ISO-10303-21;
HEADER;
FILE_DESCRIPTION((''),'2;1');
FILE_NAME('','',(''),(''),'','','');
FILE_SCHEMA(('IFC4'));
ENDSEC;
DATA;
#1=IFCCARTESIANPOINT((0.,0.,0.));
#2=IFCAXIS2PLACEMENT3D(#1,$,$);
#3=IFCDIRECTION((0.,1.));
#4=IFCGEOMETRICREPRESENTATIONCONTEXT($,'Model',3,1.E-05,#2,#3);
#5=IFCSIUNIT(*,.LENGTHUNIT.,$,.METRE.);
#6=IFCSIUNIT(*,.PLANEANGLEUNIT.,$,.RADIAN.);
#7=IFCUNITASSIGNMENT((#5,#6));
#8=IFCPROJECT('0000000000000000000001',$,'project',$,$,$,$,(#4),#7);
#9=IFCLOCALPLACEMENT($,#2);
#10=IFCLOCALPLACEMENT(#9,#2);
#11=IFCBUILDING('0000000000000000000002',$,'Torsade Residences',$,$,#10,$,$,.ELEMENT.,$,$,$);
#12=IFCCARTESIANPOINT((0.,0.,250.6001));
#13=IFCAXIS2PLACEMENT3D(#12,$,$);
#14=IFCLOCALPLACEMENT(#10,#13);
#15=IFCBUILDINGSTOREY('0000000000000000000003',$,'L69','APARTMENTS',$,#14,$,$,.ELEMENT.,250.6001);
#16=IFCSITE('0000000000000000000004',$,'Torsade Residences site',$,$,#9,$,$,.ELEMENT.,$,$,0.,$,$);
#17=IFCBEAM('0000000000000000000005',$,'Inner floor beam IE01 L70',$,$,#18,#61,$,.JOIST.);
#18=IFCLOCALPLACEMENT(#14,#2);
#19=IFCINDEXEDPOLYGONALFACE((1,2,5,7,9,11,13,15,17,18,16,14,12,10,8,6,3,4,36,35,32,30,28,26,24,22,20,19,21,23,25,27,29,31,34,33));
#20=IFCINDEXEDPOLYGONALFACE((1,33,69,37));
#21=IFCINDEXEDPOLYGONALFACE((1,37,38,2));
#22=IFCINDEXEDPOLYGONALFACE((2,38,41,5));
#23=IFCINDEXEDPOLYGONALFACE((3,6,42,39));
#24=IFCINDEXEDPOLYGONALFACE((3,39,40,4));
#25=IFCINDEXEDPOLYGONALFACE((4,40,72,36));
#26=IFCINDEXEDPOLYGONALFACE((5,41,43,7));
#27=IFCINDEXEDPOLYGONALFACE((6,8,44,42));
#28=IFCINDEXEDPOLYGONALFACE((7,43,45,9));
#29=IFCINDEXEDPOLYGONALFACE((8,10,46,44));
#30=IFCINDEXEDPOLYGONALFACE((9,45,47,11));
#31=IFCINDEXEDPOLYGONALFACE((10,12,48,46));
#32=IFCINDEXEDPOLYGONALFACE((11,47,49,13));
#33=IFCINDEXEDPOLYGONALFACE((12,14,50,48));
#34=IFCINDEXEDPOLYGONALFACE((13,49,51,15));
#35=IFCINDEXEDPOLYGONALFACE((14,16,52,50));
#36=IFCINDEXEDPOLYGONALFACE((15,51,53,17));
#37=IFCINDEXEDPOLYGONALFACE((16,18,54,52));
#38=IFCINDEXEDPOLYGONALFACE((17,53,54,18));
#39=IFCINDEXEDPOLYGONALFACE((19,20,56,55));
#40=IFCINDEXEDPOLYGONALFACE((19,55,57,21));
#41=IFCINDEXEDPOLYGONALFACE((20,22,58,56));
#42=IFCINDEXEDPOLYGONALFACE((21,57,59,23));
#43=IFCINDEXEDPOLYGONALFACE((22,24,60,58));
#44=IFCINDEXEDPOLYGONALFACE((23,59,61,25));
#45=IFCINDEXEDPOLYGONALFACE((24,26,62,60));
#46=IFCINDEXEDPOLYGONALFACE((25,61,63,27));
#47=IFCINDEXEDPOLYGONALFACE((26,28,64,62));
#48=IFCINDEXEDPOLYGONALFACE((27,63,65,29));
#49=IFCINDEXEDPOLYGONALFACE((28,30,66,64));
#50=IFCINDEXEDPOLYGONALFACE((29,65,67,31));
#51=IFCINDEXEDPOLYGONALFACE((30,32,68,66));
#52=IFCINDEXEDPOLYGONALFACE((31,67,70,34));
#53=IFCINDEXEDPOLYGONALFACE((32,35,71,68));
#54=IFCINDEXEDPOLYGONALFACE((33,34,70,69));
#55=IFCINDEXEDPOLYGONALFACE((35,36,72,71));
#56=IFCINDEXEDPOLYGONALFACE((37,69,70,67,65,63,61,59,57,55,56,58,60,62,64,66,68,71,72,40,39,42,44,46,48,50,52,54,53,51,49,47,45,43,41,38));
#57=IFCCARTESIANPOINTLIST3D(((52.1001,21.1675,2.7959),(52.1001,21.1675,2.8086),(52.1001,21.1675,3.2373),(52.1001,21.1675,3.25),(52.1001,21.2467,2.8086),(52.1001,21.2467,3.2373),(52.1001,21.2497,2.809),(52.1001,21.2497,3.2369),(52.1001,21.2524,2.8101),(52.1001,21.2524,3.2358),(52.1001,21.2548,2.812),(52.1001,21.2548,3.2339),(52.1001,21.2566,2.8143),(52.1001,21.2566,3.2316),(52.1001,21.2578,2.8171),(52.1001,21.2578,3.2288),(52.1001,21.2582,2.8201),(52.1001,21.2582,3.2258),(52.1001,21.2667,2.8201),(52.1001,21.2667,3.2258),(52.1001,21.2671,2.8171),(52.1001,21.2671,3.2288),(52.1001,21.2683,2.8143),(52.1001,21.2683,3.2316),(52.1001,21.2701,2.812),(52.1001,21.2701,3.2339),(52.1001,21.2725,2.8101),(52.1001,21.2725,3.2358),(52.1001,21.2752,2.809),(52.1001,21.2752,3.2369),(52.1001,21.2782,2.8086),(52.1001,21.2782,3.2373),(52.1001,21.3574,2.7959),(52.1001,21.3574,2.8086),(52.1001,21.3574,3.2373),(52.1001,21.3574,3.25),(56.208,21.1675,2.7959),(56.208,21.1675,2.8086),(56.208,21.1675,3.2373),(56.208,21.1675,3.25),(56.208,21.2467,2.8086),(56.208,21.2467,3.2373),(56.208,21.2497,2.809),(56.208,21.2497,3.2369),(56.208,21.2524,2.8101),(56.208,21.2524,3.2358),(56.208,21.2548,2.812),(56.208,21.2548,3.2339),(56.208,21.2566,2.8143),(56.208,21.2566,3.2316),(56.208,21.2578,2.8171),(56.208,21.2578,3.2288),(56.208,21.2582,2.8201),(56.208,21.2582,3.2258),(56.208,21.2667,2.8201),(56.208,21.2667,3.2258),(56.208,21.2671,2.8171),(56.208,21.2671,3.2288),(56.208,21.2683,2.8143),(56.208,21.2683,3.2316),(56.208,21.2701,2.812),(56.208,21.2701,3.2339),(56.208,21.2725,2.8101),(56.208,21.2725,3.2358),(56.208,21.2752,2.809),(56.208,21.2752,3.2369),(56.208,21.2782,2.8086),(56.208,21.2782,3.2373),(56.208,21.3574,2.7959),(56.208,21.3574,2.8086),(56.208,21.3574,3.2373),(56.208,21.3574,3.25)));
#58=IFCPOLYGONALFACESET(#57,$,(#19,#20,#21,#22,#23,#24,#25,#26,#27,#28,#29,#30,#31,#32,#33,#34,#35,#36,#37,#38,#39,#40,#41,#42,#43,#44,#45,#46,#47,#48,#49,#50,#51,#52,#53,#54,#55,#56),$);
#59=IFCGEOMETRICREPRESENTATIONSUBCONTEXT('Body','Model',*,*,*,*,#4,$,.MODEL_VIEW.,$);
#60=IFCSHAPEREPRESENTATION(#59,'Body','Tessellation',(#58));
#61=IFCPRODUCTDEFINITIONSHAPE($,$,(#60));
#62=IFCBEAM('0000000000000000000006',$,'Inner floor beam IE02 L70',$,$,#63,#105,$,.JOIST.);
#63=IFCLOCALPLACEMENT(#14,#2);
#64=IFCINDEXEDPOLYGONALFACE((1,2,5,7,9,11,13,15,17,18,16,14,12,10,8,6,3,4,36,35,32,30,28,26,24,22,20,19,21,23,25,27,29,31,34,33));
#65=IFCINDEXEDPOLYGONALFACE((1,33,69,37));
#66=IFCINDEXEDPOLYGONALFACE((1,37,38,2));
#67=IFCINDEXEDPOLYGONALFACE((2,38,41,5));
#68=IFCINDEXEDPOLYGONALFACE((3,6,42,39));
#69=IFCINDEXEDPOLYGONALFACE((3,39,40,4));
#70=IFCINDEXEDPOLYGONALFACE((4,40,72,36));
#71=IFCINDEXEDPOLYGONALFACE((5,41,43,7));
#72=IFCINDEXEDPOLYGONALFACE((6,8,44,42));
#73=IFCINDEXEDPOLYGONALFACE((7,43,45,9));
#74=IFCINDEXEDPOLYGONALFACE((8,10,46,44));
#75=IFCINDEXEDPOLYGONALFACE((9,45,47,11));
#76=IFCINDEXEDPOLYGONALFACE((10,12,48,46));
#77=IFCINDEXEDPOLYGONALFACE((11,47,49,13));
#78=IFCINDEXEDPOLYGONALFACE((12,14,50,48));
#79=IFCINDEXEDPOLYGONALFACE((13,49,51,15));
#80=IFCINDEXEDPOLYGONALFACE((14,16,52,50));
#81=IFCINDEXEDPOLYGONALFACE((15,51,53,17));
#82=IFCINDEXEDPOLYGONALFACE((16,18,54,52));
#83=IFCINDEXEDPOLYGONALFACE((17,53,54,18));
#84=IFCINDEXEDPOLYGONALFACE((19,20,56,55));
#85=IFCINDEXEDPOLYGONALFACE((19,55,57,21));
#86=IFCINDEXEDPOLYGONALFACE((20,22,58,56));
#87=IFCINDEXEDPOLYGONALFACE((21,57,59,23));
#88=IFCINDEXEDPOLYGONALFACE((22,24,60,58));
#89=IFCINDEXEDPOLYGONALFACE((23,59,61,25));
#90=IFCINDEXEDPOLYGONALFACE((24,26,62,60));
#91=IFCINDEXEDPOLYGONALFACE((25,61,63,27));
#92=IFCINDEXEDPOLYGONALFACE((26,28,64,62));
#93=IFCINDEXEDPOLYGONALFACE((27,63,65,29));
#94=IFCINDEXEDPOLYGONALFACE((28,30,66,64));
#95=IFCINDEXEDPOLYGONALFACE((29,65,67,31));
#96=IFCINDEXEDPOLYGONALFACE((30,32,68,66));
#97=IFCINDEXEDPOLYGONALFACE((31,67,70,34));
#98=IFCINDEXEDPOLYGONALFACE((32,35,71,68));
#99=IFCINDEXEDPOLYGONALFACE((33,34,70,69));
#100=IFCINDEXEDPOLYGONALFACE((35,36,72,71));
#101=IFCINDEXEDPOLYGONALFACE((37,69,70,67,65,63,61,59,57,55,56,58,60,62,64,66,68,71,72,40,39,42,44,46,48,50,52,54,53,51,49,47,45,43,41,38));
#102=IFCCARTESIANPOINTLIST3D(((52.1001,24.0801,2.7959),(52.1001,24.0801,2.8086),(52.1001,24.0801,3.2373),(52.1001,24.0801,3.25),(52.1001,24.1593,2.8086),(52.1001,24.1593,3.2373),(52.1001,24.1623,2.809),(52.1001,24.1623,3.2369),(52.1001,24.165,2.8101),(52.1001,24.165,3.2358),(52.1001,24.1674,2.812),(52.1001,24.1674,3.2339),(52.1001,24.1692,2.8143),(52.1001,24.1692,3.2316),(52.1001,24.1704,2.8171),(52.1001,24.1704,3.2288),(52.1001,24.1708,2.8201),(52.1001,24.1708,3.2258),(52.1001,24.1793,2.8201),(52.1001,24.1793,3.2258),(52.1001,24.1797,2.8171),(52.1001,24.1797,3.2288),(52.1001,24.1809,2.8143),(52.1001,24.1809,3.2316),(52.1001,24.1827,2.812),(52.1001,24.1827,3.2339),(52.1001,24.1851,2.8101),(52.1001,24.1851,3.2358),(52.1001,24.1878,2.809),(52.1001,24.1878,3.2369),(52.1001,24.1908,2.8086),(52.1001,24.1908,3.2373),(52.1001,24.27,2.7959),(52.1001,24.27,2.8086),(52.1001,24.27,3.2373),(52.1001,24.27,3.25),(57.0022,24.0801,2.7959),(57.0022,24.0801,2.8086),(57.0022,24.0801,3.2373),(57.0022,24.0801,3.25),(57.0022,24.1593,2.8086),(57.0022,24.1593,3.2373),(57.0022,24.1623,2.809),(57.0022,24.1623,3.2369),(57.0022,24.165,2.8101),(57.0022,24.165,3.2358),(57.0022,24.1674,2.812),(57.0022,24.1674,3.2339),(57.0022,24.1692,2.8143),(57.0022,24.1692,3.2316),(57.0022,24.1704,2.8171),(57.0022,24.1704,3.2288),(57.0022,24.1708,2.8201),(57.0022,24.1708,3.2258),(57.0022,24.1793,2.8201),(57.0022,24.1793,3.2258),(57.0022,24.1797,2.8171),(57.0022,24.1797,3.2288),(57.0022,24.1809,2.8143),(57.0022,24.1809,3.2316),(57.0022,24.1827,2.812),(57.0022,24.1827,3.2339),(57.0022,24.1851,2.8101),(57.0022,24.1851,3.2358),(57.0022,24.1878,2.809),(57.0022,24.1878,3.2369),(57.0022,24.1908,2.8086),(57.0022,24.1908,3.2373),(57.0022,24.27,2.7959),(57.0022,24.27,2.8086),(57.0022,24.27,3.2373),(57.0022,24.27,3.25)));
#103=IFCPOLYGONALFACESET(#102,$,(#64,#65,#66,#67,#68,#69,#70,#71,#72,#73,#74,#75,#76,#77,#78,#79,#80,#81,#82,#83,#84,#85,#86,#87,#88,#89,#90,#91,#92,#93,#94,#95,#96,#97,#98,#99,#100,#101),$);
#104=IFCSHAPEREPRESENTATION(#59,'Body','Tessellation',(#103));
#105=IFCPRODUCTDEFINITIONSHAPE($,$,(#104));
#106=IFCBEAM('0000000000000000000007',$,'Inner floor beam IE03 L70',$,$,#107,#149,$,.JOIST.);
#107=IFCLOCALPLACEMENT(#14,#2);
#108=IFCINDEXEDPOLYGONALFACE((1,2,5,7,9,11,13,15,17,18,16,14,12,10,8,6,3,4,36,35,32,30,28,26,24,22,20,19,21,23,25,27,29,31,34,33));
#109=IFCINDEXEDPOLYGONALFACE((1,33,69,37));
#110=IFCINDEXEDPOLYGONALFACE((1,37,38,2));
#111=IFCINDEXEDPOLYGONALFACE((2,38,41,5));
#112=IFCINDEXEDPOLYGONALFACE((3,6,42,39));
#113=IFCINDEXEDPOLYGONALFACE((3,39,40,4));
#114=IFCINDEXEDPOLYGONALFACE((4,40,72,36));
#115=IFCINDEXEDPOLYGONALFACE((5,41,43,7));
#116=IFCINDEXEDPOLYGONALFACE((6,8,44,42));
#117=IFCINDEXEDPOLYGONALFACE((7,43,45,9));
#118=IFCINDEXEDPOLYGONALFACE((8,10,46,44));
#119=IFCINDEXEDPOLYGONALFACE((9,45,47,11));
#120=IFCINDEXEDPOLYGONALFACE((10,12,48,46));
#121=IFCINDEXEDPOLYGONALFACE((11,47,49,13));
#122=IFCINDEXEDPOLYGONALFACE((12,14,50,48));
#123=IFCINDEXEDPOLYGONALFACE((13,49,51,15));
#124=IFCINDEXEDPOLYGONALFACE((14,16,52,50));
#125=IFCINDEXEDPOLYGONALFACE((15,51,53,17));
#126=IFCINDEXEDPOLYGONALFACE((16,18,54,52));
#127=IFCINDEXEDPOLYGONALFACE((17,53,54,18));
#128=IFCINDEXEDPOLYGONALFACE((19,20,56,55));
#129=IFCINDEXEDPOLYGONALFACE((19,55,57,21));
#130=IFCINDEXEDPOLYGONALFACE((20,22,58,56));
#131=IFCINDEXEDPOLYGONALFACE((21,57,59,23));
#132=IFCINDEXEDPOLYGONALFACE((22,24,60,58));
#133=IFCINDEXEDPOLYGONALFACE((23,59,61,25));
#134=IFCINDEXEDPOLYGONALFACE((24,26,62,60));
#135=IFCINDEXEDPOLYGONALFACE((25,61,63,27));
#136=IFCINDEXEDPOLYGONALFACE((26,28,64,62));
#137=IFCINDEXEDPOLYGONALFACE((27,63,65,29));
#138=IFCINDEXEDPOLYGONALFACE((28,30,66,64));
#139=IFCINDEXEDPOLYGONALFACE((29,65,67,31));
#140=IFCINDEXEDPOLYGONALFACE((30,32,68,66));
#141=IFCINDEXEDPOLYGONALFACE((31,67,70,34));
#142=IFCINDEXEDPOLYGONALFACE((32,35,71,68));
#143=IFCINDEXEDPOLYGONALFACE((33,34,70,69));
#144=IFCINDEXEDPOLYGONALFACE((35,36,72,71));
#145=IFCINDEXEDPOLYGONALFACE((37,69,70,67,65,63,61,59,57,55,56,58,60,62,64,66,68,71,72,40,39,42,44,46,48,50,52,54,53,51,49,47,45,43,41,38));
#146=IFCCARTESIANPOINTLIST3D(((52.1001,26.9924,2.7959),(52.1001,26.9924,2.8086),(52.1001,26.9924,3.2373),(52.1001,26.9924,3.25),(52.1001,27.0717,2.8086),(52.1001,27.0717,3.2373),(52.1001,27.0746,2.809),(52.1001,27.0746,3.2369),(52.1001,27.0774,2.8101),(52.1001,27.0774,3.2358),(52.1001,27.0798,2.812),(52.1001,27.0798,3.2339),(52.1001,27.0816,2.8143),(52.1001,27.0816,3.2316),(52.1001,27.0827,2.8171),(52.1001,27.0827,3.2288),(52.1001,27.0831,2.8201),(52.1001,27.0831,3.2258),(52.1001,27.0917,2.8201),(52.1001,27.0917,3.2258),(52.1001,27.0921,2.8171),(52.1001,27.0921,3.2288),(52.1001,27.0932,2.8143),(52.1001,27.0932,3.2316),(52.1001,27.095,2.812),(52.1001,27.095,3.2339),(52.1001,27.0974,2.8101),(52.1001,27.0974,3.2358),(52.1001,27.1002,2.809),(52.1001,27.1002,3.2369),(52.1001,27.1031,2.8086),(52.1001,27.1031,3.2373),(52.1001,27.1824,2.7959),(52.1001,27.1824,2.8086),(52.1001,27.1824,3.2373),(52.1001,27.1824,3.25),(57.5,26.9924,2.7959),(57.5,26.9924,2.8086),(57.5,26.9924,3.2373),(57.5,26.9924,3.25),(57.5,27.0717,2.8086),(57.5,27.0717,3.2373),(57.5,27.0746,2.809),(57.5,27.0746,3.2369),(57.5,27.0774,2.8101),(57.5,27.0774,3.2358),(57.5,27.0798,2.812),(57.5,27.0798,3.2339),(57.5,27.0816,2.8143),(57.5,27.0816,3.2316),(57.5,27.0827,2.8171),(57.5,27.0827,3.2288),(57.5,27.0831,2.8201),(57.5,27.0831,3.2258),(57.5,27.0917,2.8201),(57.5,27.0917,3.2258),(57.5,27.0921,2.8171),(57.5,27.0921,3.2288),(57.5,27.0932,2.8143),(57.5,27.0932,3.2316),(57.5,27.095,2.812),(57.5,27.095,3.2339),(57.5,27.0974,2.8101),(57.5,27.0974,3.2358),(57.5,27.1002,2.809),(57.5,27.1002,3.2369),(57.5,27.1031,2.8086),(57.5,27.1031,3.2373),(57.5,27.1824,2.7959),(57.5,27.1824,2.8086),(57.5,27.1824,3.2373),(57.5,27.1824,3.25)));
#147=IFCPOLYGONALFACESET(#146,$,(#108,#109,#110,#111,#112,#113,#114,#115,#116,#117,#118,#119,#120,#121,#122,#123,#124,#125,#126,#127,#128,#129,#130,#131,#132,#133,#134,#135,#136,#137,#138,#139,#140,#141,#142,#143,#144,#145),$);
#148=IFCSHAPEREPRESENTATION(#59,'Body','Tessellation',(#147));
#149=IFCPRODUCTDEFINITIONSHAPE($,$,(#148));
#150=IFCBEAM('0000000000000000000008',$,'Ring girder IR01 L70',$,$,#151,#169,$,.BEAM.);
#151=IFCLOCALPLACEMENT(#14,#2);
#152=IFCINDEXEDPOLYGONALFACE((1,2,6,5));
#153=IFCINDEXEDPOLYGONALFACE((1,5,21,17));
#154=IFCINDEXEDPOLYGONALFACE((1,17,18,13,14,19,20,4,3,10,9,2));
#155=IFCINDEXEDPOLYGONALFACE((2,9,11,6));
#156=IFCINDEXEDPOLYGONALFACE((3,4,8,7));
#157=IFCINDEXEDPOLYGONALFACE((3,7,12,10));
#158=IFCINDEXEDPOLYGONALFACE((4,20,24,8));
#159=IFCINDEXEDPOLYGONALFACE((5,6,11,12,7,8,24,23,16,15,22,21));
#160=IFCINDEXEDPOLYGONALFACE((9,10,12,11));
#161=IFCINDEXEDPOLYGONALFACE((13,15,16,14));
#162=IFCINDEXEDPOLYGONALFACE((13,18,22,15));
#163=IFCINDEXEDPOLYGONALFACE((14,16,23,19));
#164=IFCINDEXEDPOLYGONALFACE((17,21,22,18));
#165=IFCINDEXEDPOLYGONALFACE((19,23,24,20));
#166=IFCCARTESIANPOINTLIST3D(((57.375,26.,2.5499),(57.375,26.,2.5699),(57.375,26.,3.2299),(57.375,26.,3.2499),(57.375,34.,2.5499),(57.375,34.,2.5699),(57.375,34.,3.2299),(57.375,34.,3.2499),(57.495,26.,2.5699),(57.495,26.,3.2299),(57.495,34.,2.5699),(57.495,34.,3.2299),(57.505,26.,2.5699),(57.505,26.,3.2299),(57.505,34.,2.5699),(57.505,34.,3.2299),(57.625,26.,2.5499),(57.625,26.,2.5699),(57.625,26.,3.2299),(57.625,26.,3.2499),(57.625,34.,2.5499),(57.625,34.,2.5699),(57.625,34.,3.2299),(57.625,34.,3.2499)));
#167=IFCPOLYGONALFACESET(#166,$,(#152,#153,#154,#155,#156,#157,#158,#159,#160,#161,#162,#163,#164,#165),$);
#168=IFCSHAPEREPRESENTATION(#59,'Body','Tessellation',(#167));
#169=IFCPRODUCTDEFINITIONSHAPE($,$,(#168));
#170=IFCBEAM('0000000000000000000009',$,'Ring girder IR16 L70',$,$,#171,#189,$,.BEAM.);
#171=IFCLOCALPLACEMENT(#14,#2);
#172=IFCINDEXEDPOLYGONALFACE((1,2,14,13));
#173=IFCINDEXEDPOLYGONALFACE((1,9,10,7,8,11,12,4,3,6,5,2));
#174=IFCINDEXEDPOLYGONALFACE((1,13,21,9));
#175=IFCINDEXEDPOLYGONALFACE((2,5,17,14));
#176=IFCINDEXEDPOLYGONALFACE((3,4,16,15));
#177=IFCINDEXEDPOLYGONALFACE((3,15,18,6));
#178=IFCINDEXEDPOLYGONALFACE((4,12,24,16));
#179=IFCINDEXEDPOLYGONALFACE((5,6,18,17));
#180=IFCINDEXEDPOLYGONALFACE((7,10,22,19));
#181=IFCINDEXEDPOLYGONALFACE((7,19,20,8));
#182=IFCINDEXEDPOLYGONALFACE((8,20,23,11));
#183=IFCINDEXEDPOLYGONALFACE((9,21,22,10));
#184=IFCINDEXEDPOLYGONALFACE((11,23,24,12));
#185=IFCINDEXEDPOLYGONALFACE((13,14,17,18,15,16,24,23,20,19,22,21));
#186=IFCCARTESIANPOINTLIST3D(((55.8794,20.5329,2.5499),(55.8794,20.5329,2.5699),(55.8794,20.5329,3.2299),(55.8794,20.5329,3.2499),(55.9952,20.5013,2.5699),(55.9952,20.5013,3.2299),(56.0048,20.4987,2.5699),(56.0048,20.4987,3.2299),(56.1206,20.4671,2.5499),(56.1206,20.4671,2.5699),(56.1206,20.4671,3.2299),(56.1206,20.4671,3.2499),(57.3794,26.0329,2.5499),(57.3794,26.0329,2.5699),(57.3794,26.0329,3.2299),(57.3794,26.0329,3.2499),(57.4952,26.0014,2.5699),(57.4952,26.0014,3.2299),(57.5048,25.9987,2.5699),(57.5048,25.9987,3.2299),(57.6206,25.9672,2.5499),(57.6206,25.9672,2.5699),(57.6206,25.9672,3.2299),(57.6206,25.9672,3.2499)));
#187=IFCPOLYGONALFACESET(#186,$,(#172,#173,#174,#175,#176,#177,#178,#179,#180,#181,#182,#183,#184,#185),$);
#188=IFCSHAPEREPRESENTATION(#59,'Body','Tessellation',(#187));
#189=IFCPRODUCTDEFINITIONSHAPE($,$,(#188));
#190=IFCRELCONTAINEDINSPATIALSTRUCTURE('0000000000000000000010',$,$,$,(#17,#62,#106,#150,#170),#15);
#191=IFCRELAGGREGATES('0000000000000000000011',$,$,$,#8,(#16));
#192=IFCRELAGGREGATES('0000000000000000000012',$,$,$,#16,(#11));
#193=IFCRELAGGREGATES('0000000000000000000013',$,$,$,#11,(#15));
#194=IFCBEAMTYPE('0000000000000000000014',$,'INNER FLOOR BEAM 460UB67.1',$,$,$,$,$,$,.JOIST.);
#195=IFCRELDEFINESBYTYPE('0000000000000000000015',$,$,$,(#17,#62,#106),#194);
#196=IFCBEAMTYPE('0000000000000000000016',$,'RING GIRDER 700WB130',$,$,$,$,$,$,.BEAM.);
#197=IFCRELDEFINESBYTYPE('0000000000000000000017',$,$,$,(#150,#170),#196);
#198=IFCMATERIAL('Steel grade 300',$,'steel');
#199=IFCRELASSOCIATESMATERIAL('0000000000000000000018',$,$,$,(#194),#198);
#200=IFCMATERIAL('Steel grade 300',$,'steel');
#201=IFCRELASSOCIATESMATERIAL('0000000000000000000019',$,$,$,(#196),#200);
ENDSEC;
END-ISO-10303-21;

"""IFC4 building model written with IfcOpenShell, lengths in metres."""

from ifc_helpers import new_model, si_unit, direction, frame, origin, origin_2d, place, context, subcontext, project, spatial, i_section, extrude, material, material_profile, profile_set, type_object, element, save


model = new_model("IFC4")

# Units and contexts
model_context = context("Model", 3, precision=1e-05, world=origin(), true_north=direction((0.0, 1.0)))
body_context = subcontext(model_context, "Body", "Model", "MODEL_VIEW")
ifc_project = project(units=[si_unit("LENGTHUNIT", "METRE"), si_unit("PLANEANGLEUNIT", "RADIAN")], contexts=[model_context])

# Site, building, storey
site_placement = place(None, origin())
site = spatial("IfcSite", under=ifc_project, at=site_placement, Name="Torsade Residences site", CompositionType="ELEMENT", RefElevation=0.0)
building_placement = place(site_placement, origin())
building = spatial("IfcBuilding", under=site, at=building_placement, Name="Torsade Residences", CompositionType="ELEMENT")
storey_placement = place(building_placement, frame((0.0, 0.0, 250.6001)))
storey = spatial("IfcBuildingStorey", under=building, at=storey_placement, Name="L69", Description="APARTMENTS", CompositionType="ELEMENT", Elevation=250.6001)

# Beams
ifc_material_1 = material(Name="Steel grade 300", Category="steel")
ifc_material_profile_1 = material_profile(ifc_material_1, i_section(OverallWidth=0.1899, OverallDepth=0.4541, WebThickness=0.0085, FlangeThickness=0.0127, FilletRadius=0.0115, at=origin_2d()), Name="460UB67.1")
ifc_profile_set_1 = profile_set([ifc_material_profile_1], Name="Steel grade 300")
beam_type_1 = type_object("IfcBeamType", Name="INNER FLOOR BEAM 460UB67.1", PredefinedType="JOIST", material=ifc_profile_set_1)
beam_1_placement = place(storey_placement, frame((52.1001, 21.2625, 3.0229), z_axis=(1.0, 0.0, 0.0), x_axis=(0.0, 1.0, 0.0)))
element("IfcBeam", 1, at=beam_1_placement, inside=storey, type_object=beam_type_1, Name="Inner floor beam IE01 L70", PredefinedType="JOIST", context=body_context, shape_type="SweptSolid", body=[
    extrude(i_section(OverallWidth=0.1899, OverallDepth=0.4541, WebThickness=0.0085, FlangeThickness=0.0127, FilletRadius=0.0115, at=origin_2d()), origin(), (0.0, 0.0, 1.0), 4.1079),
])
beam_2_placement = place(storey_placement, frame((52.1001, 24.175, 3.0229), z_axis=(1.0, 0.0, 0.0), x_axis=(0.0, 1.0, 0.0)))
element("IfcBeam", 2, at=beam_2_placement, inside=storey, type_object=beam_type_1, Name="Inner floor beam IE02 L70", PredefinedType="JOIST", context=body_context, shape_type="SweptSolid", body=[
    extrude(i_section(OverallWidth=0.1899, OverallDepth=0.4541, WebThickness=0.0085, FlangeThickness=0.0127, FilletRadius=0.0115, at=origin_2d()), origin(), (0.0, 0.0, 1.0), 4.9021),
])
beam_3_placement = place(storey_placement, frame((52.1001, 27.0874, 3.0229), z_axis=(1.0, 0.0, 0.0), x_axis=(0.0, 1.0, 0.0)))
element("IfcBeam", 3, at=beam_3_placement, inside=storey, type_object=beam_type_1, Name="Inner floor beam IE03 L70", PredefinedType="JOIST", context=body_context, shape_type="SweptSolid", body=[
    extrude(i_section(OverallWidth=0.1899, OverallDepth=0.4541, WebThickness=0.0085, FlangeThickness=0.0127, FilletRadius=0.0115, at=origin_2d()), origin(), (0.0, 0.0, 1.0), 5.3999),
])
ifc_material_2 = material(Name="Steel grade 300", Category="steel")
ifc_material_profile_2 = material_profile(ifc_material_2, i_section(OverallWidth=0.25, OverallDepth=0.7, WebThickness=0.01, FlangeThickness=0.02, at=origin_2d()), Name="700WB130")
ifc_profile_set_2 = profile_set([ifc_material_profile_2], Name="Steel grade 300")
beam_type_2 = type_object("IfcBeamType", Name="RING GIRDER 700WB130", PredefinedType="BEAM", material=ifc_profile_set_2)
beam_4_placement = place(storey_placement, frame((57.5, 26.0, 2.8999), z_axis=(0.0, 1.0, 0.0), x_axis=(-1.0, 0.0, 0.0)))
element("IfcBeam", 4, at=beam_4_placement, inside=storey, type_object=beam_type_2, Name="Ring girder IR01 L70", PredefinedType="BEAM", context=body_context, shape_type="SweptSolid", body=[
    extrude(i_section(OverallWidth=0.25, OverallDepth=0.7, WebThickness=0.01, FlangeThickness=0.02, at=origin_2d()), origin(), (0.0, 0.0, 1.0), 8.0),
])
beam_5_placement = place(storey_placement, frame((56.0, 20.5, 2.8999), z_axis=(0.263117, 0.964764, 0.0), x_axis=(-0.964764, 0.263117, 0.0)))
element("IfcBeam", 5, at=beam_5_placement, inside=storey, type_object=beam_type_2, Name="Ring girder IR16 L70", PredefinedType="BEAM", context=body_context, shape_type="SweptSolid", body=[
    extrude(i_section(OverallWidth=0.25, OverallDepth=0.7, WebThickness=0.01, FlangeThickness=0.02, at=origin_2d()), origin(), (0.0, 0.0, 1.0), 5.7009),
])

save(model, "model.ifc")
